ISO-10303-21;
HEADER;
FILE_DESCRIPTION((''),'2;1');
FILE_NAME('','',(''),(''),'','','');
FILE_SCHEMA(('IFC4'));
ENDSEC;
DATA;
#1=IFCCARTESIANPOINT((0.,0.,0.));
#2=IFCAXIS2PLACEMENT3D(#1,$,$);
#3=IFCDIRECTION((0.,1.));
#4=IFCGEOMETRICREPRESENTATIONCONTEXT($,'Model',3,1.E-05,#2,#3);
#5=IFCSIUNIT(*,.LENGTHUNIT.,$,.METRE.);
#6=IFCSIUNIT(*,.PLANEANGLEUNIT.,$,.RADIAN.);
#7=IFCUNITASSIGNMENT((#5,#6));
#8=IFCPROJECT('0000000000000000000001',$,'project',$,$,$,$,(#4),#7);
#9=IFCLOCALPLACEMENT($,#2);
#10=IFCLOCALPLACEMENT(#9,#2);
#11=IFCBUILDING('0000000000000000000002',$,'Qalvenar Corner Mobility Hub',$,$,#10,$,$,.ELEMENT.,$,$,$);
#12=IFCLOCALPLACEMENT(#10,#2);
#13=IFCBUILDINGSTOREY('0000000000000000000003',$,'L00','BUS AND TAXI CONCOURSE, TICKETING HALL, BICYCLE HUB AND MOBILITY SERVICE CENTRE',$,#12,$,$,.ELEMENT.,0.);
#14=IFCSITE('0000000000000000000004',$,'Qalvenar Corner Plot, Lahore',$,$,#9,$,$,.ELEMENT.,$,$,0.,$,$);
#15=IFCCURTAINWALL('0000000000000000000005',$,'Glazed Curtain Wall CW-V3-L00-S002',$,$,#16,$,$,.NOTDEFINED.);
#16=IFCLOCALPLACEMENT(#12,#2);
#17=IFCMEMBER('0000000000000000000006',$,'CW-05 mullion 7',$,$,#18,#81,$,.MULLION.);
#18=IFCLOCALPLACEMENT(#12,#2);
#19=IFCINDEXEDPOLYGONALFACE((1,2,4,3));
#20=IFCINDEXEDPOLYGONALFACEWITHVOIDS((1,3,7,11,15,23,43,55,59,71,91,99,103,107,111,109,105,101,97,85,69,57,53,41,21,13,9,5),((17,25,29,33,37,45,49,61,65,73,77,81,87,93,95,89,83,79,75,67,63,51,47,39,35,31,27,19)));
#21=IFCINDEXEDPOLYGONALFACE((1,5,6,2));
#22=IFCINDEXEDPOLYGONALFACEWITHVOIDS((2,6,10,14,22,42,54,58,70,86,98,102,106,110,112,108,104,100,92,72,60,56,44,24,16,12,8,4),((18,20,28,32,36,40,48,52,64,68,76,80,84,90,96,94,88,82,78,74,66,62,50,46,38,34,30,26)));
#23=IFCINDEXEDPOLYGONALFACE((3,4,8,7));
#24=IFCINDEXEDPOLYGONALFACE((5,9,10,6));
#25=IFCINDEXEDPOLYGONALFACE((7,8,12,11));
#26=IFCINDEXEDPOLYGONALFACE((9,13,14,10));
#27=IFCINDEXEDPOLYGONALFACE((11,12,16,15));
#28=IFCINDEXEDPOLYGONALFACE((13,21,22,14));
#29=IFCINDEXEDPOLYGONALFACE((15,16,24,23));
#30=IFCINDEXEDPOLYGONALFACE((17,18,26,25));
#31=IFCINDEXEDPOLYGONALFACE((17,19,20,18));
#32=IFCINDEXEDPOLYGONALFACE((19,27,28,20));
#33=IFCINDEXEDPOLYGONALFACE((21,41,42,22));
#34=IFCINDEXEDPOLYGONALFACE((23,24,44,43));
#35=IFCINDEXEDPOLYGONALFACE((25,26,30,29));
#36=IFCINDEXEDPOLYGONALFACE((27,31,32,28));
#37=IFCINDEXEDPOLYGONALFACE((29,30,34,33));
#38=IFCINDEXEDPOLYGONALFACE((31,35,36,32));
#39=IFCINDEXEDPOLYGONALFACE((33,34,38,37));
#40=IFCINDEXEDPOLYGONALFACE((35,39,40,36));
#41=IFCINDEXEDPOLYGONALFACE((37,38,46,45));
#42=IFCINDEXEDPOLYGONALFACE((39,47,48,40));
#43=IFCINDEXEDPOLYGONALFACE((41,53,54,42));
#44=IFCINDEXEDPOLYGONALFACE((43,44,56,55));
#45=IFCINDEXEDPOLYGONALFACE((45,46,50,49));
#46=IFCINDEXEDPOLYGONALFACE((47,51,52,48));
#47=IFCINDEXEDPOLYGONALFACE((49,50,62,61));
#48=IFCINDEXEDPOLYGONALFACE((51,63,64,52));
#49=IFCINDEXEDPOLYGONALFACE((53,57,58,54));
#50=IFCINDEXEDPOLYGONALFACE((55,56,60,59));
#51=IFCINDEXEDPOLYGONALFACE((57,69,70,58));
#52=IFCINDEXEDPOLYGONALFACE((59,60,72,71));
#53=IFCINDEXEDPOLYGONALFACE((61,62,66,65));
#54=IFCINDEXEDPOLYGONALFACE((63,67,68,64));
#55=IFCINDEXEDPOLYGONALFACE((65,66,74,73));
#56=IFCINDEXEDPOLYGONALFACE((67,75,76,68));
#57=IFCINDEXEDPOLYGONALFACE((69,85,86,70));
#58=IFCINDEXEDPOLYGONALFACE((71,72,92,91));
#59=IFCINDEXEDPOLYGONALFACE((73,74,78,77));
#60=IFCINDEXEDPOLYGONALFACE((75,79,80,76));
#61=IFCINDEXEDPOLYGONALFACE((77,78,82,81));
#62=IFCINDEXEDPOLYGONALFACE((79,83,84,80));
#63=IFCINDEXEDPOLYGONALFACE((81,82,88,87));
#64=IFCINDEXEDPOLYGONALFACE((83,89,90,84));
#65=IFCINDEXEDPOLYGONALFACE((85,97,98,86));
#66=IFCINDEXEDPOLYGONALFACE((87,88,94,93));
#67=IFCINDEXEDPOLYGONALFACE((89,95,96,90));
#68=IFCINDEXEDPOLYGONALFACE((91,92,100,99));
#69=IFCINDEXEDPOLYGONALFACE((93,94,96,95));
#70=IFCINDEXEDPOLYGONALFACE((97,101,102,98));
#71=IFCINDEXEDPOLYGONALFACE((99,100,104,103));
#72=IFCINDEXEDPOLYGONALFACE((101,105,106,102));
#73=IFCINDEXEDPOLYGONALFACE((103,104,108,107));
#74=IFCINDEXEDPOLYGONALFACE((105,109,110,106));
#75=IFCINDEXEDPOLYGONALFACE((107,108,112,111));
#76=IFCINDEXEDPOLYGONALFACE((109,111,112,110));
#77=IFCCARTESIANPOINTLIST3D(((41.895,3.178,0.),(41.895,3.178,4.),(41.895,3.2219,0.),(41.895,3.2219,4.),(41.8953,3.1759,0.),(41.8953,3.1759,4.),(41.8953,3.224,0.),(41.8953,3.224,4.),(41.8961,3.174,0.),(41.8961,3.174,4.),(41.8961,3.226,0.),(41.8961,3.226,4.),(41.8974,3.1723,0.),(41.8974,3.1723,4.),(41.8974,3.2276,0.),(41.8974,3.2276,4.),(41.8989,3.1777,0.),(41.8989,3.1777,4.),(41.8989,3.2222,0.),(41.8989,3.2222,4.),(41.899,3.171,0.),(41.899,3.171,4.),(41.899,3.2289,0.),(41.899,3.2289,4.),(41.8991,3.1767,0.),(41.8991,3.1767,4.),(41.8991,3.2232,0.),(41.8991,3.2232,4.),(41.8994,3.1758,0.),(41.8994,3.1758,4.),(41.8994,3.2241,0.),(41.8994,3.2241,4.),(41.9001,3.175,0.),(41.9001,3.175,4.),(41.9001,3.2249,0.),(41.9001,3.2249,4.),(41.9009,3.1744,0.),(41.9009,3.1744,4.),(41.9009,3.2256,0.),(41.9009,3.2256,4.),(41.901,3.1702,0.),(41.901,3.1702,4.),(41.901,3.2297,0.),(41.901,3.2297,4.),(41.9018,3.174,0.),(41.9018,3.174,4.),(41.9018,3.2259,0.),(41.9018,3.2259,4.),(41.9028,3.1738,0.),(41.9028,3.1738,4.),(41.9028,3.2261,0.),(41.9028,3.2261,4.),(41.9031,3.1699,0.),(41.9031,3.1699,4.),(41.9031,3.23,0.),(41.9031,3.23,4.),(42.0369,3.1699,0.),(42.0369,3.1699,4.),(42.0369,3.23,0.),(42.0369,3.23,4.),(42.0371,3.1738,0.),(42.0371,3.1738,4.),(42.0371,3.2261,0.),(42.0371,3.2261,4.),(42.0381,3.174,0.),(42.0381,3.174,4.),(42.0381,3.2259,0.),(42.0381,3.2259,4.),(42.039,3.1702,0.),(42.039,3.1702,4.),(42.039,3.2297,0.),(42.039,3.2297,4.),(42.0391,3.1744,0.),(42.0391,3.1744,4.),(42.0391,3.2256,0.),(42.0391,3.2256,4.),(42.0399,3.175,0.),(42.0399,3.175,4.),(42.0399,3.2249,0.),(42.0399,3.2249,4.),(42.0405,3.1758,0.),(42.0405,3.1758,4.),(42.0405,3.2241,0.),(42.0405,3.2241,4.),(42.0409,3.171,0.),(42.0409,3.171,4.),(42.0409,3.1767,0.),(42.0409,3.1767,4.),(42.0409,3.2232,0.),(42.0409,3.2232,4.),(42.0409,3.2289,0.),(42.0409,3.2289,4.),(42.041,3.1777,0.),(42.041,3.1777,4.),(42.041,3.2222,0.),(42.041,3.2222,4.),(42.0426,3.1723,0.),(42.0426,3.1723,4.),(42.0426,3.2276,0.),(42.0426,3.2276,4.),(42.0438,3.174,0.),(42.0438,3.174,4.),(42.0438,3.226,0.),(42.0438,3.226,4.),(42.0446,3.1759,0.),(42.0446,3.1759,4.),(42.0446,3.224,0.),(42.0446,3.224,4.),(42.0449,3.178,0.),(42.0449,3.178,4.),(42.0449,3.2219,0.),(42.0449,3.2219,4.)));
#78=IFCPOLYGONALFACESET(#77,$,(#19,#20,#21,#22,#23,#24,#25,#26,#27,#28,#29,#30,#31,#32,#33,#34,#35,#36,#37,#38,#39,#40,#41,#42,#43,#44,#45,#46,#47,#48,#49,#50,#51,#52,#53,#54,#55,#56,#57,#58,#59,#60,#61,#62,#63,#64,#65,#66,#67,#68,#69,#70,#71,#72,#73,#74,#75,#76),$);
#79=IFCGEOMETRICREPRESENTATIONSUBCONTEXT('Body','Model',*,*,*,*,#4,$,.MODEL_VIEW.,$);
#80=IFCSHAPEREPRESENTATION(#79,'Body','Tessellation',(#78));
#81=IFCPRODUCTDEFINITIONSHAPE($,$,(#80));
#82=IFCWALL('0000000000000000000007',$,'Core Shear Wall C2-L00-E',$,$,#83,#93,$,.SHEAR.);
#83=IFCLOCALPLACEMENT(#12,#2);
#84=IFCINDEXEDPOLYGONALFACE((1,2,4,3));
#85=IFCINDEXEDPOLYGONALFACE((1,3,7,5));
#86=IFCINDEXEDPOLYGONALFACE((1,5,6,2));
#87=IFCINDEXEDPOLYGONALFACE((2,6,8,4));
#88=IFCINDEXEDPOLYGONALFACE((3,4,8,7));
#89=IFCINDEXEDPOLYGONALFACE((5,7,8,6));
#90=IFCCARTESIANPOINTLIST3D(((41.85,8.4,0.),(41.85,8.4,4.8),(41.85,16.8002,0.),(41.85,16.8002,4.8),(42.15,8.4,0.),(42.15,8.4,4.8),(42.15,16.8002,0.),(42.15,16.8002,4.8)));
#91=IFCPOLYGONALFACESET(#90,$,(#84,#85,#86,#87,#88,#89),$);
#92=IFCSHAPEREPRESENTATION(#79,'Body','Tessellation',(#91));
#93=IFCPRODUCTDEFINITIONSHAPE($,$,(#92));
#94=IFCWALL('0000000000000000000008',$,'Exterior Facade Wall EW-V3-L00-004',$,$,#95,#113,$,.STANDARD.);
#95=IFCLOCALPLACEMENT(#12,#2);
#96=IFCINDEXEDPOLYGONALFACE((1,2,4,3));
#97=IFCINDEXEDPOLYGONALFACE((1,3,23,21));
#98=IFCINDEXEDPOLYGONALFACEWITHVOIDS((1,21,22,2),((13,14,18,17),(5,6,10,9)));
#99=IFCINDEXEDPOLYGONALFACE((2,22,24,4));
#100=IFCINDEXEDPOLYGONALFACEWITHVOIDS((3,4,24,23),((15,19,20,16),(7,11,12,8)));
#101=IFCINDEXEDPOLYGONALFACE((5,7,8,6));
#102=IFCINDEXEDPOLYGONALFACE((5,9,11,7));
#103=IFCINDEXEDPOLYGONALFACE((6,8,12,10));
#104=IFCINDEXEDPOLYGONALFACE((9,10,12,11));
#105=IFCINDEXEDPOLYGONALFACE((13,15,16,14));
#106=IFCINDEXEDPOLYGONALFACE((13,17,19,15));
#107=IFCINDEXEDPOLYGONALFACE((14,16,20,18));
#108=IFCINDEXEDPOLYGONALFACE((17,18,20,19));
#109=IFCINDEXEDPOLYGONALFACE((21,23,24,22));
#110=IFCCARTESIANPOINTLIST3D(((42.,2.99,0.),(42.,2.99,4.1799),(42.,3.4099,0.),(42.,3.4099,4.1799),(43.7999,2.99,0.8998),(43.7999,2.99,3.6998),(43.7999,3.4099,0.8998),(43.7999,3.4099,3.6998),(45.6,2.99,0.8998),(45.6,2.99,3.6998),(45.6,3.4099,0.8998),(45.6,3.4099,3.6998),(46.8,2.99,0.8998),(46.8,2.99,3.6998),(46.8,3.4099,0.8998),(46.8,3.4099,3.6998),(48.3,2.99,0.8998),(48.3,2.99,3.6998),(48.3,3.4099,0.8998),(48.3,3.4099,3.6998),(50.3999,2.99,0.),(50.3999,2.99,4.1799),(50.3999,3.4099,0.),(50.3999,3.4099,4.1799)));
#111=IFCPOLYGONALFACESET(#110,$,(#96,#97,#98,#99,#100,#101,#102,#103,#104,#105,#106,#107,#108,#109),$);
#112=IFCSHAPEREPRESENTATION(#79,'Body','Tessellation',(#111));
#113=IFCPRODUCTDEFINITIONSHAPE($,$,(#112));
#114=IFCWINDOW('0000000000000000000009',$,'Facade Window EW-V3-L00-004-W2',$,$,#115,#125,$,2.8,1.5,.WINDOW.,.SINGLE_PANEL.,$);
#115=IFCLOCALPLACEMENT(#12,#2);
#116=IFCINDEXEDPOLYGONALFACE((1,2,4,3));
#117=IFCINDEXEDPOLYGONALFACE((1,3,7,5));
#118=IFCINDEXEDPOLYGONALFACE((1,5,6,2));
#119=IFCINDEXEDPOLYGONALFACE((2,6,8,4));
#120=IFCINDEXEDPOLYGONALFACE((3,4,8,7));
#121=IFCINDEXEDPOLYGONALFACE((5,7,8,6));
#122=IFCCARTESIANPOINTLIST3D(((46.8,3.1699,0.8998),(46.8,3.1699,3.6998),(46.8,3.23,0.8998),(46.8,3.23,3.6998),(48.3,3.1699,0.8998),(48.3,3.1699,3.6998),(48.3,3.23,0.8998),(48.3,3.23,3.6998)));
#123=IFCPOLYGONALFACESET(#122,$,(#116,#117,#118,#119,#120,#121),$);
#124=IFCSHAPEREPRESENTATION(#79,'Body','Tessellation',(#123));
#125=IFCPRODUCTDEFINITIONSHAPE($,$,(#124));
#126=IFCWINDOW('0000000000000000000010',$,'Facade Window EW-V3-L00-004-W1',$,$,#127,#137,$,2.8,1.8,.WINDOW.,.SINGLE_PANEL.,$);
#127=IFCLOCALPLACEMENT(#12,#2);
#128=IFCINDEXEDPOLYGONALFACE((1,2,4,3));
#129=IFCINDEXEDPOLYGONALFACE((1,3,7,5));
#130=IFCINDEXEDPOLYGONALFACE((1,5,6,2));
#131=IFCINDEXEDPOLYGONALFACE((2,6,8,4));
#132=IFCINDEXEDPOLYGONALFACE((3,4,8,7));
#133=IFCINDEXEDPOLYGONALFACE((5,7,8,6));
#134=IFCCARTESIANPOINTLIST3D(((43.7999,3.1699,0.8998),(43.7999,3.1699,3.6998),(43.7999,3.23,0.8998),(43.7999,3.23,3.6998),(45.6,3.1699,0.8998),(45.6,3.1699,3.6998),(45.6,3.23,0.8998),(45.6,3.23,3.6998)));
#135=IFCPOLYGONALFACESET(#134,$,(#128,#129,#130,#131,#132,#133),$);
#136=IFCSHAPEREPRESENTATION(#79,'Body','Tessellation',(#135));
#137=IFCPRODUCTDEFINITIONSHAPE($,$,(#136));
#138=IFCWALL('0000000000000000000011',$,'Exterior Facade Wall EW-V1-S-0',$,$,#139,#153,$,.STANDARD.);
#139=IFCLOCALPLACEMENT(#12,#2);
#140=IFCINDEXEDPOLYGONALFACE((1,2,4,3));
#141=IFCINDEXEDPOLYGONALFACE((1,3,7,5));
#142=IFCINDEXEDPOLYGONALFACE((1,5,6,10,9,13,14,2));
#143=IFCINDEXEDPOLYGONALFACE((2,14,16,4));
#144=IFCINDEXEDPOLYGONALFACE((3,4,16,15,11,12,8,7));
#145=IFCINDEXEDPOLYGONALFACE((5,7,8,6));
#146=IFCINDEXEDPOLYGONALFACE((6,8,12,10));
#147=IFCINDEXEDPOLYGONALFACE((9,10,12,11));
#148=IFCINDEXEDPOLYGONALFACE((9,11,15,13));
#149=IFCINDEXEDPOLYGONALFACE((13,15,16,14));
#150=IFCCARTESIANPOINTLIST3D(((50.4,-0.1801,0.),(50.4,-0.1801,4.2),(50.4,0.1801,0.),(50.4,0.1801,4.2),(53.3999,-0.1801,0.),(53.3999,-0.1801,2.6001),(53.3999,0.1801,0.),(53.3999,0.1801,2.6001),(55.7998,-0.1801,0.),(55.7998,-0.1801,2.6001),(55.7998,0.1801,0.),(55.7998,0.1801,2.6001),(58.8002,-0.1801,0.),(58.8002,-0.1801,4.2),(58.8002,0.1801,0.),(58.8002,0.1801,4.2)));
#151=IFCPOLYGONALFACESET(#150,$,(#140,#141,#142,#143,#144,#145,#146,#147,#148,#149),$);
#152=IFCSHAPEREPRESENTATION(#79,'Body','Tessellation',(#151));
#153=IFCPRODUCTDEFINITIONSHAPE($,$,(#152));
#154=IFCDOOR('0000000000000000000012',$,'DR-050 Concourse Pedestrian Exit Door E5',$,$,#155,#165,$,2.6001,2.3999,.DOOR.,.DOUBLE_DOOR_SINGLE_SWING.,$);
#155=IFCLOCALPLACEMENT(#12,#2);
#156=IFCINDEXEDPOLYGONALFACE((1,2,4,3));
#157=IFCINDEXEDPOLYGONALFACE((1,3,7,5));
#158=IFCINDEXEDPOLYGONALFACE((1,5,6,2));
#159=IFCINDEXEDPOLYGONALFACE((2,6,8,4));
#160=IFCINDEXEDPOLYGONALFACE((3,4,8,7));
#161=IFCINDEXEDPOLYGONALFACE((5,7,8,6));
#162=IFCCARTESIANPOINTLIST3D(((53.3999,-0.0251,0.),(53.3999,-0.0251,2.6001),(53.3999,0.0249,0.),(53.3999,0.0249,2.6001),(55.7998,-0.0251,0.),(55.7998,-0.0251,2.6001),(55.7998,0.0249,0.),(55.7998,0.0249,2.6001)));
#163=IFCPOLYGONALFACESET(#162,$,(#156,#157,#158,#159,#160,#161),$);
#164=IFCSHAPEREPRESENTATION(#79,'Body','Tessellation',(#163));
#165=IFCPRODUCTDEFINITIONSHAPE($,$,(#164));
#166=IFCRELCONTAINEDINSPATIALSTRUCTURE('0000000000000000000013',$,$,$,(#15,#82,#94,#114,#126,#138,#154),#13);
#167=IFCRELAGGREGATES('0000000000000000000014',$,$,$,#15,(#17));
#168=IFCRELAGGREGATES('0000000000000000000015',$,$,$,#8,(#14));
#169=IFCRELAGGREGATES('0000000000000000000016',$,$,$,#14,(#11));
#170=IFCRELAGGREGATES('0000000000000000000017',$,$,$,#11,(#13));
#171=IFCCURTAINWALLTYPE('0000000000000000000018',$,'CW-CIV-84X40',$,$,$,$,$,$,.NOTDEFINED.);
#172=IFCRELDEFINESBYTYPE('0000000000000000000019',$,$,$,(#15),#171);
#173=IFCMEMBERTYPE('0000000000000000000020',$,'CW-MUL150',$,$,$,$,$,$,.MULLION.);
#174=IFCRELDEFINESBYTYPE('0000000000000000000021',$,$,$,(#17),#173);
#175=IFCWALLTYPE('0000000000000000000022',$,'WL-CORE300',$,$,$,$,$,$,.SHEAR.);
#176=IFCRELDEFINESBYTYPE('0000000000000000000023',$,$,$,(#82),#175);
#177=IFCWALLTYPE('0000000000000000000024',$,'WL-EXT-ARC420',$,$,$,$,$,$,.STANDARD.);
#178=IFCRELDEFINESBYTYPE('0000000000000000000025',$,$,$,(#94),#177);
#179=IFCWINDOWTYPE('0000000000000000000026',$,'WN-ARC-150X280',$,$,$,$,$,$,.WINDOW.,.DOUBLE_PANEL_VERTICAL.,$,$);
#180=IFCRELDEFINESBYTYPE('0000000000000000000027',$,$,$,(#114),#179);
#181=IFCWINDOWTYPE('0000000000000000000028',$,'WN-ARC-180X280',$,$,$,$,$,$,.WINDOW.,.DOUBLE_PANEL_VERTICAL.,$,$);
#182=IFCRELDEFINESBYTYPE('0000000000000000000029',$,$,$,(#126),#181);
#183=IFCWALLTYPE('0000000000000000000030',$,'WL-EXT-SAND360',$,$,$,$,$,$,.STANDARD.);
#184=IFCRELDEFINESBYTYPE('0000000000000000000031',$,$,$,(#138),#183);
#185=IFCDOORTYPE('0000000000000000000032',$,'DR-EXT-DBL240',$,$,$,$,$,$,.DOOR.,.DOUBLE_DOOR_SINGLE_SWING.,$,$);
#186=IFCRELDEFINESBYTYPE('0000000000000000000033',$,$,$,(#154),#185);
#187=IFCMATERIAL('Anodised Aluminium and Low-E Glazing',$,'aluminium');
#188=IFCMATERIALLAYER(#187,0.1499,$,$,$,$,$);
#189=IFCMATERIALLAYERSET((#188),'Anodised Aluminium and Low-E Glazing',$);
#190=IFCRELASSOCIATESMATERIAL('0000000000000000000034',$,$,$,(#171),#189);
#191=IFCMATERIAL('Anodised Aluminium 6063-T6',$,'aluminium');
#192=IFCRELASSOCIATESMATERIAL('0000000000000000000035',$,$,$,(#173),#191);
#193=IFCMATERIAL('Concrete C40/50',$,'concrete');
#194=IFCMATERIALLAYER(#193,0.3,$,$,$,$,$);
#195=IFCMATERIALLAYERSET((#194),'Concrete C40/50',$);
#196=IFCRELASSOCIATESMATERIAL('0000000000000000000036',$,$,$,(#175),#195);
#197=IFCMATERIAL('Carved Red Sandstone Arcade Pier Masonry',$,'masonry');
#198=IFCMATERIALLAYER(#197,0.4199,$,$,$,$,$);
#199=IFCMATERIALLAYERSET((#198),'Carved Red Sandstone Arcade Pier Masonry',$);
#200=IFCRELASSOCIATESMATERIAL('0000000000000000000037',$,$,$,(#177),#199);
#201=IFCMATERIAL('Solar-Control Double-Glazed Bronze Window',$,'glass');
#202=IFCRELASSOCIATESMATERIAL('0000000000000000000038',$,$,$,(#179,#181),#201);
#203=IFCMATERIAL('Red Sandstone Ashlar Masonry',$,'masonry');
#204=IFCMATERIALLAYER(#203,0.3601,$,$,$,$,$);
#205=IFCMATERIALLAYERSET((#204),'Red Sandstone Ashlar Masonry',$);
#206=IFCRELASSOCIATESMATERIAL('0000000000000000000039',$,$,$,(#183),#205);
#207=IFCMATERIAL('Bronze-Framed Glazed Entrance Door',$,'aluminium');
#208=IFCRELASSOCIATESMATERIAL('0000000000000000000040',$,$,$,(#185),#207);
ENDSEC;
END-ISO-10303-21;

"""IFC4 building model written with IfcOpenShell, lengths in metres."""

from ifc_helpers import new_model, si_unit, direction, frame, frame_2d, origin, origin_2d, place, context, subcontext, project, spatial, rectangle, hollow_rectangle, extrude, material, layer, layer_set, material_profile, profile_set, type_object, element, fill, aggregate, save


model = new_model("IFC4")

# Units and contexts
model_context = context("Model", 3, precision=1e-05, world=origin(), true_north=direction((0.0, 1.0)))
body_context = subcontext(model_context, "Body", "Model", "MODEL_VIEW")
ifc_project = project(units=[si_unit("LENGTHUNIT", "METRE"), si_unit("PLANEANGLEUNIT", "RADIAN")], contexts=[model_context])

# Site, building, storey
site_placement = place(None, origin())
site = spatial("IfcSite", under=ifc_project, at=site_placement, Name="Qalvenar Corner Plot, Lahore", CompositionType="ELEMENT", RefElevation=0.0)
building_placement = place(site_placement, origin())
building = spatial("IfcBuilding", under=site, at=building_placement, Name="Qalvenar Corner Mobility Hub", CompositionType="ELEMENT")
storey_placement = place(building_placement, origin())
storey = spatial("IfcBuildingStorey", under=building, at=storey_placement, Name="L00", Description="BUS AND TAXI CONCOURSE, TICKETING HALL, BICYCLE HUB AND MOBILITY SERVICE CENTRE", CompositionType="ELEMENT", Elevation=0.0)

# Curtain wall, member
ifc_material_1 = material(Name="Anodised Aluminium and Low-E Glazing", Category="aluminium")
ifc_layer_1 = layer(ifc_material_1, 0.1499)
ifc_layer_set_1 = layer_set([ifc_layer_1], Name="Anodised Aluminium and Low-E Glazing")
curtain_wall_type = type_object("IfcCurtainWallType", Name="CW-CIV-84X40", PredefinedType="NOTDEFINED", material=ifc_layer_set_1)
curtain_wall_placement = place(storey_placement, origin())
curtain_wall = element("IfcCurtainWall", 1, at=curtain_wall_placement, inside=storey, type_object=curtain_wall_type, Name="Glazed Curtain Wall CW-V3-L00-S002", PredefinedType="NOTDEFINED")
ifc_material_2 = material(Name="Anodised Aluminium 6063-T6", Category="aluminium")
ifc_material_profile_1 = material_profile(ifc_material_2, hollow_rectangle(XDim=0.0601, YDim=0.1499, WallThickness=0.0039, InnerFilletRadius=0.0039, OuterFilletRadius=0.0081, at=origin_2d()), Name="RHS150x60x4")
ifc_profile_set_1 = profile_set([ifc_material_profile_1], Name="Anodised Aluminium 6063-T6")
member_type = type_object("IfcMemberType", Name="CW-MUL150", PredefinedType="MULLION", material=ifc_profile_set_1)
member_placement = place(storey_placement, frame((41.97, 3.2, 0.0), z_axis=(0.0, 0.0, 1.0), x_axis=(0.0, 1.0, 0.0)))
member = element("IfcMember", 2, at=member_placement, type_object=member_type, Name="CW-05 mullion 7", PredefinedType="MULLION", context=body_context, shape_type="SweptSolid", body=[
    extrude(hollow_rectangle(XDim=0.0601, YDim=0.1499, WallThickness=0.0039, InnerFilletRadius=0.0039, OuterFilletRadius=0.0081, at=origin_2d()), origin(), (0.0, 0.0, 1.0), 4.0),
])
aggregate(curtain_wall, [member])

# Wall
ifc_material_3 = material(Name="Concrete C40/50", Category="concrete")
ifc_layer_2 = layer(ifc_material_3, 0.3)
ifc_layer_set_2 = layer_set([ifc_layer_2], Name="Concrete C40/50")
wall_type_1 = type_object("IfcWallType", Name="WL-CORE300", PredefinedType="SHEAR", material=ifc_layer_set_2)
wall_1_placement = place(storey_placement, frame((42.0, 8.3999, 0.0), z_axis=(0.0, 0.0, 1.0), x_axis=(0.0, 1.0, 0.0)))
element("IfcWall", 3, at=wall_1_placement, inside=storey, type_object=wall_type_1, Name="Core Shear Wall C2-L00-E", PredefinedType="SHEAR", context=body_context, shape_type="SweptSolid", body=[
    extrude(rectangle(XDim=8.4001, YDim=0.3, at=frame_2d((4.2002, 0.0))), origin(), (0.0, 0.0, 1.0), 4.8),
])

# Wall, openings, windows
ifc_material_4 = material(Name="Carved Red Sandstone Arcade Pier Masonry", Category="masonry")
ifc_layer_3 = layer(ifc_material_4, 0.4199)
ifc_layer_set_3 = layer_set([ifc_layer_3], Name="Carved Red Sandstone Arcade Pier Masonry")
wall_type_2 = type_object("IfcWallType", Name="WL-EXT-ARC420", PredefinedType="STANDARD", material=ifc_layer_set_3)
wall_2_placement = place(storey_placement, frame((42.0, 3.2, 0.0), z_axis=(0.0, 0.0, 1.0), x_axis=(1.0, 0.0, 0.0)))
wall_2 = element("IfcWall", 4, at=wall_2_placement, inside=storey, type_object=wall_type_2, Name="Exterior Facade Wall EW-V3-L00-004", PredefinedType="STANDARD", context=body_context, shape_type="SweptSolid", body=[
    extrude(rectangle(XDim=8.3999, YDim=0.4199, at=frame_2d((4.2, 0.0))), origin(), (0.0, 0.0, 1.0), 4.1799),
])
opening_1_placement = place(wall_2_placement, frame((1.8, 0.0, 0.8999)))
opening_1 = element("IfcOpeningElement", 5, at=opening_1_placement, cuts=wall_2, PredefinedType="OPENING", context=body_context, shape_type="SweptSolid", body=[
    extrude(rectangle(XDim=1.8, YDim=2.8, at=frame_2d((0.8999, 1.3999))), frame((0.0, 0.22, 0.0), z_axis=(0.0, -1.0, 0.0), x_axis=(1.0, 0.0, 0.0)), (0.0, 0.0, 1.0), 0.4399),
])
opening_2_placement = place(wall_2_placement, frame((4.8, 0.0, 0.8999)))
opening_2 = element("IfcOpeningElement", 6, at=opening_2_placement, cuts=wall_2, PredefinedType="OPENING", context=body_context, shape_type="SweptSolid", body=[
    extrude(rectangle(XDim=1.5, YDim=2.8, at=frame_2d((0.75, 1.3999))), frame((0.0, 0.22, 0.0), z_axis=(0.0, -1.0, 0.0), x_axis=(1.0, 0.0, 0.0)), (0.0, 0.0, 1.0), 0.4399),
])
ifc_material_5 = material(Name="Solar-Control Double-Glazed Bronze Window", Category="glass")
window_type_1 = type_object("IfcWindowType", Name="WN-ARC-150X280", PartitioningType="DOUBLE_PANEL_VERTICAL", PredefinedType="WINDOW", material=ifc_material_5)
window_1_placement = place(opening_2_placement, origin())
window_1 = element("IfcWindow", 7, at=window_1_placement, inside=storey, type_object=window_type_1, Name="Facade Window EW-V3-L00-004-W2", OverallHeight=2.8, OverallWidth=1.5, PartitioningType="SINGLE_PANEL", PredefinedType="WINDOW", context=body_context, shape_type="SweptSolid", body=[
    extrude(rectangle(XDim=1.5, YDim=2.8, at=frame_2d((0.75, 1.3999))), frame((0.0, 0.03, 0.0), z_axis=(0.0, -1.0, 0.0), x_axis=(1.0, 0.0, 0.0)), (0.0, 0.0, 1.0), 0.0601),
])
fill(opening_2, window_1)
window_type_2 = type_object("IfcWindowType", Name="WN-ARC-180X280", PartitioningType="DOUBLE_PANEL_VERTICAL", PredefinedType="WINDOW", material=ifc_material_5)
window_2_placement = place(opening_1_placement, origin())
window_2 = element("IfcWindow", 8, at=window_2_placement, inside=storey, type_object=window_type_2, Name="Facade Window EW-V3-L00-004-W1", OverallHeight=2.8, OverallWidth=1.8, PartitioningType="SINGLE_PANEL", PredefinedType="WINDOW", context=body_context, shape_type="SweptSolid", body=[
    extrude(rectangle(XDim=1.8, YDim=2.8, at=frame_2d((0.8999, 1.3999))), frame((0.0, 0.03, 0.0), z_axis=(0.0, -1.0, 0.0), x_axis=(1.0, 0.0, 0.0)), (0.0, 0.0, 1.0), 0.0601),
])
fill(opening_1, window_2)

# Wall, opening, door
ifc_material_6 = material(Name="Red Sandstone Ashlar Masonry", Category="masonry")
ifc_layer_4 = layer(ifc_material_6, 0.3601)
ifc_layer_set_4 = layer_set([ifc_layer_4], Name="Red Sandstone Ashlar Masonry")
wall_type_3 = type_object("IfcWallType", Name="WL-EXT-SAND360", PredefinedType="STANDARD", material=ifc_layer_set_4)
wall_3_placement = place(storey_placement, frame((50.3999, 0.0, 0.0), z_axis=(0.0, 0.0, 1.0), x_axis=(1.0, 0.0, 0.0)))
wall_3 = element("IfcWall", 9, at=wall_3_placement, inside=storey, type_object=wall_type_3, Name="Exterior Facade Wall EW-V1-S-0", PredefinedType="STANDARD", context=body_context, shape_type="SweptSolid", body=[
    extrude(rectangle(XDim=8.4001, YDim=0.3601, at=frame_2d((4.2002, 0.0))), origin(), (0.0, 0.0, 1.0), 4.2),
])
opening_3_placement = place(wall_3_placement, frame((3.0, 0.0, 0.0)))
opening_3 = element("IfcOpeningElement", 10, at=opening_3_placement, cuts=wall_3, PredefinedType="OPENING", context=body_context, shape_type="SweptSolid", body=[
    extrude(rectangle(XDim=2.3999, YDim=2.6001, at=frame_2d((1.2, 1.3))), frame((0.0, 0.1899, 0.0), z_axis=(0.0, -1.0, 0.0), x_axis=(1.0, 0.0, 0.0)), (0.0, 0.0, 1.0), 0.3801),
])
ifc_material_7 = material(Name="Bronze-Framed Glazed Entrance Door", Category="aluminium")
door_type_1 = type_object("IfcDoorType", Name="DR-EXT-DBL240", OperationType="DOUBLE_DOOR_SINGLE_SWING", PredefinedType="DOOR", material=ifc_material_7)
door_1_placement = place(opening_3_placement, origin())
door_1 = element("IfcDoor", 11, at=door_1_placement, inside=storey, type_object=door_type_1, Name="DR-050 Concourse Pedestrian Exit Door E5", OperationType="DOUBLE_DOOR_SINGLE_SWING", OverallHeight=2.6001, OverallWidth=2.3999, PredefinedType="DOOR", context=body_context, shape_type="SweptSolid", body=[
    extrude(rectangle(XDim=2.3999, YDim=2.6001, at=frame_2d((1.2, 1.3))), frame((0.0, 0.0249, 0.0), z_axis=(0.0, -1.0, 0.0), x_axis=(1.0, 0.0, 0.0)), (0.0, 0.0, 1.0), 0.05),
])
fill(opening_3, door_1)

save(model, "model.ifc")
